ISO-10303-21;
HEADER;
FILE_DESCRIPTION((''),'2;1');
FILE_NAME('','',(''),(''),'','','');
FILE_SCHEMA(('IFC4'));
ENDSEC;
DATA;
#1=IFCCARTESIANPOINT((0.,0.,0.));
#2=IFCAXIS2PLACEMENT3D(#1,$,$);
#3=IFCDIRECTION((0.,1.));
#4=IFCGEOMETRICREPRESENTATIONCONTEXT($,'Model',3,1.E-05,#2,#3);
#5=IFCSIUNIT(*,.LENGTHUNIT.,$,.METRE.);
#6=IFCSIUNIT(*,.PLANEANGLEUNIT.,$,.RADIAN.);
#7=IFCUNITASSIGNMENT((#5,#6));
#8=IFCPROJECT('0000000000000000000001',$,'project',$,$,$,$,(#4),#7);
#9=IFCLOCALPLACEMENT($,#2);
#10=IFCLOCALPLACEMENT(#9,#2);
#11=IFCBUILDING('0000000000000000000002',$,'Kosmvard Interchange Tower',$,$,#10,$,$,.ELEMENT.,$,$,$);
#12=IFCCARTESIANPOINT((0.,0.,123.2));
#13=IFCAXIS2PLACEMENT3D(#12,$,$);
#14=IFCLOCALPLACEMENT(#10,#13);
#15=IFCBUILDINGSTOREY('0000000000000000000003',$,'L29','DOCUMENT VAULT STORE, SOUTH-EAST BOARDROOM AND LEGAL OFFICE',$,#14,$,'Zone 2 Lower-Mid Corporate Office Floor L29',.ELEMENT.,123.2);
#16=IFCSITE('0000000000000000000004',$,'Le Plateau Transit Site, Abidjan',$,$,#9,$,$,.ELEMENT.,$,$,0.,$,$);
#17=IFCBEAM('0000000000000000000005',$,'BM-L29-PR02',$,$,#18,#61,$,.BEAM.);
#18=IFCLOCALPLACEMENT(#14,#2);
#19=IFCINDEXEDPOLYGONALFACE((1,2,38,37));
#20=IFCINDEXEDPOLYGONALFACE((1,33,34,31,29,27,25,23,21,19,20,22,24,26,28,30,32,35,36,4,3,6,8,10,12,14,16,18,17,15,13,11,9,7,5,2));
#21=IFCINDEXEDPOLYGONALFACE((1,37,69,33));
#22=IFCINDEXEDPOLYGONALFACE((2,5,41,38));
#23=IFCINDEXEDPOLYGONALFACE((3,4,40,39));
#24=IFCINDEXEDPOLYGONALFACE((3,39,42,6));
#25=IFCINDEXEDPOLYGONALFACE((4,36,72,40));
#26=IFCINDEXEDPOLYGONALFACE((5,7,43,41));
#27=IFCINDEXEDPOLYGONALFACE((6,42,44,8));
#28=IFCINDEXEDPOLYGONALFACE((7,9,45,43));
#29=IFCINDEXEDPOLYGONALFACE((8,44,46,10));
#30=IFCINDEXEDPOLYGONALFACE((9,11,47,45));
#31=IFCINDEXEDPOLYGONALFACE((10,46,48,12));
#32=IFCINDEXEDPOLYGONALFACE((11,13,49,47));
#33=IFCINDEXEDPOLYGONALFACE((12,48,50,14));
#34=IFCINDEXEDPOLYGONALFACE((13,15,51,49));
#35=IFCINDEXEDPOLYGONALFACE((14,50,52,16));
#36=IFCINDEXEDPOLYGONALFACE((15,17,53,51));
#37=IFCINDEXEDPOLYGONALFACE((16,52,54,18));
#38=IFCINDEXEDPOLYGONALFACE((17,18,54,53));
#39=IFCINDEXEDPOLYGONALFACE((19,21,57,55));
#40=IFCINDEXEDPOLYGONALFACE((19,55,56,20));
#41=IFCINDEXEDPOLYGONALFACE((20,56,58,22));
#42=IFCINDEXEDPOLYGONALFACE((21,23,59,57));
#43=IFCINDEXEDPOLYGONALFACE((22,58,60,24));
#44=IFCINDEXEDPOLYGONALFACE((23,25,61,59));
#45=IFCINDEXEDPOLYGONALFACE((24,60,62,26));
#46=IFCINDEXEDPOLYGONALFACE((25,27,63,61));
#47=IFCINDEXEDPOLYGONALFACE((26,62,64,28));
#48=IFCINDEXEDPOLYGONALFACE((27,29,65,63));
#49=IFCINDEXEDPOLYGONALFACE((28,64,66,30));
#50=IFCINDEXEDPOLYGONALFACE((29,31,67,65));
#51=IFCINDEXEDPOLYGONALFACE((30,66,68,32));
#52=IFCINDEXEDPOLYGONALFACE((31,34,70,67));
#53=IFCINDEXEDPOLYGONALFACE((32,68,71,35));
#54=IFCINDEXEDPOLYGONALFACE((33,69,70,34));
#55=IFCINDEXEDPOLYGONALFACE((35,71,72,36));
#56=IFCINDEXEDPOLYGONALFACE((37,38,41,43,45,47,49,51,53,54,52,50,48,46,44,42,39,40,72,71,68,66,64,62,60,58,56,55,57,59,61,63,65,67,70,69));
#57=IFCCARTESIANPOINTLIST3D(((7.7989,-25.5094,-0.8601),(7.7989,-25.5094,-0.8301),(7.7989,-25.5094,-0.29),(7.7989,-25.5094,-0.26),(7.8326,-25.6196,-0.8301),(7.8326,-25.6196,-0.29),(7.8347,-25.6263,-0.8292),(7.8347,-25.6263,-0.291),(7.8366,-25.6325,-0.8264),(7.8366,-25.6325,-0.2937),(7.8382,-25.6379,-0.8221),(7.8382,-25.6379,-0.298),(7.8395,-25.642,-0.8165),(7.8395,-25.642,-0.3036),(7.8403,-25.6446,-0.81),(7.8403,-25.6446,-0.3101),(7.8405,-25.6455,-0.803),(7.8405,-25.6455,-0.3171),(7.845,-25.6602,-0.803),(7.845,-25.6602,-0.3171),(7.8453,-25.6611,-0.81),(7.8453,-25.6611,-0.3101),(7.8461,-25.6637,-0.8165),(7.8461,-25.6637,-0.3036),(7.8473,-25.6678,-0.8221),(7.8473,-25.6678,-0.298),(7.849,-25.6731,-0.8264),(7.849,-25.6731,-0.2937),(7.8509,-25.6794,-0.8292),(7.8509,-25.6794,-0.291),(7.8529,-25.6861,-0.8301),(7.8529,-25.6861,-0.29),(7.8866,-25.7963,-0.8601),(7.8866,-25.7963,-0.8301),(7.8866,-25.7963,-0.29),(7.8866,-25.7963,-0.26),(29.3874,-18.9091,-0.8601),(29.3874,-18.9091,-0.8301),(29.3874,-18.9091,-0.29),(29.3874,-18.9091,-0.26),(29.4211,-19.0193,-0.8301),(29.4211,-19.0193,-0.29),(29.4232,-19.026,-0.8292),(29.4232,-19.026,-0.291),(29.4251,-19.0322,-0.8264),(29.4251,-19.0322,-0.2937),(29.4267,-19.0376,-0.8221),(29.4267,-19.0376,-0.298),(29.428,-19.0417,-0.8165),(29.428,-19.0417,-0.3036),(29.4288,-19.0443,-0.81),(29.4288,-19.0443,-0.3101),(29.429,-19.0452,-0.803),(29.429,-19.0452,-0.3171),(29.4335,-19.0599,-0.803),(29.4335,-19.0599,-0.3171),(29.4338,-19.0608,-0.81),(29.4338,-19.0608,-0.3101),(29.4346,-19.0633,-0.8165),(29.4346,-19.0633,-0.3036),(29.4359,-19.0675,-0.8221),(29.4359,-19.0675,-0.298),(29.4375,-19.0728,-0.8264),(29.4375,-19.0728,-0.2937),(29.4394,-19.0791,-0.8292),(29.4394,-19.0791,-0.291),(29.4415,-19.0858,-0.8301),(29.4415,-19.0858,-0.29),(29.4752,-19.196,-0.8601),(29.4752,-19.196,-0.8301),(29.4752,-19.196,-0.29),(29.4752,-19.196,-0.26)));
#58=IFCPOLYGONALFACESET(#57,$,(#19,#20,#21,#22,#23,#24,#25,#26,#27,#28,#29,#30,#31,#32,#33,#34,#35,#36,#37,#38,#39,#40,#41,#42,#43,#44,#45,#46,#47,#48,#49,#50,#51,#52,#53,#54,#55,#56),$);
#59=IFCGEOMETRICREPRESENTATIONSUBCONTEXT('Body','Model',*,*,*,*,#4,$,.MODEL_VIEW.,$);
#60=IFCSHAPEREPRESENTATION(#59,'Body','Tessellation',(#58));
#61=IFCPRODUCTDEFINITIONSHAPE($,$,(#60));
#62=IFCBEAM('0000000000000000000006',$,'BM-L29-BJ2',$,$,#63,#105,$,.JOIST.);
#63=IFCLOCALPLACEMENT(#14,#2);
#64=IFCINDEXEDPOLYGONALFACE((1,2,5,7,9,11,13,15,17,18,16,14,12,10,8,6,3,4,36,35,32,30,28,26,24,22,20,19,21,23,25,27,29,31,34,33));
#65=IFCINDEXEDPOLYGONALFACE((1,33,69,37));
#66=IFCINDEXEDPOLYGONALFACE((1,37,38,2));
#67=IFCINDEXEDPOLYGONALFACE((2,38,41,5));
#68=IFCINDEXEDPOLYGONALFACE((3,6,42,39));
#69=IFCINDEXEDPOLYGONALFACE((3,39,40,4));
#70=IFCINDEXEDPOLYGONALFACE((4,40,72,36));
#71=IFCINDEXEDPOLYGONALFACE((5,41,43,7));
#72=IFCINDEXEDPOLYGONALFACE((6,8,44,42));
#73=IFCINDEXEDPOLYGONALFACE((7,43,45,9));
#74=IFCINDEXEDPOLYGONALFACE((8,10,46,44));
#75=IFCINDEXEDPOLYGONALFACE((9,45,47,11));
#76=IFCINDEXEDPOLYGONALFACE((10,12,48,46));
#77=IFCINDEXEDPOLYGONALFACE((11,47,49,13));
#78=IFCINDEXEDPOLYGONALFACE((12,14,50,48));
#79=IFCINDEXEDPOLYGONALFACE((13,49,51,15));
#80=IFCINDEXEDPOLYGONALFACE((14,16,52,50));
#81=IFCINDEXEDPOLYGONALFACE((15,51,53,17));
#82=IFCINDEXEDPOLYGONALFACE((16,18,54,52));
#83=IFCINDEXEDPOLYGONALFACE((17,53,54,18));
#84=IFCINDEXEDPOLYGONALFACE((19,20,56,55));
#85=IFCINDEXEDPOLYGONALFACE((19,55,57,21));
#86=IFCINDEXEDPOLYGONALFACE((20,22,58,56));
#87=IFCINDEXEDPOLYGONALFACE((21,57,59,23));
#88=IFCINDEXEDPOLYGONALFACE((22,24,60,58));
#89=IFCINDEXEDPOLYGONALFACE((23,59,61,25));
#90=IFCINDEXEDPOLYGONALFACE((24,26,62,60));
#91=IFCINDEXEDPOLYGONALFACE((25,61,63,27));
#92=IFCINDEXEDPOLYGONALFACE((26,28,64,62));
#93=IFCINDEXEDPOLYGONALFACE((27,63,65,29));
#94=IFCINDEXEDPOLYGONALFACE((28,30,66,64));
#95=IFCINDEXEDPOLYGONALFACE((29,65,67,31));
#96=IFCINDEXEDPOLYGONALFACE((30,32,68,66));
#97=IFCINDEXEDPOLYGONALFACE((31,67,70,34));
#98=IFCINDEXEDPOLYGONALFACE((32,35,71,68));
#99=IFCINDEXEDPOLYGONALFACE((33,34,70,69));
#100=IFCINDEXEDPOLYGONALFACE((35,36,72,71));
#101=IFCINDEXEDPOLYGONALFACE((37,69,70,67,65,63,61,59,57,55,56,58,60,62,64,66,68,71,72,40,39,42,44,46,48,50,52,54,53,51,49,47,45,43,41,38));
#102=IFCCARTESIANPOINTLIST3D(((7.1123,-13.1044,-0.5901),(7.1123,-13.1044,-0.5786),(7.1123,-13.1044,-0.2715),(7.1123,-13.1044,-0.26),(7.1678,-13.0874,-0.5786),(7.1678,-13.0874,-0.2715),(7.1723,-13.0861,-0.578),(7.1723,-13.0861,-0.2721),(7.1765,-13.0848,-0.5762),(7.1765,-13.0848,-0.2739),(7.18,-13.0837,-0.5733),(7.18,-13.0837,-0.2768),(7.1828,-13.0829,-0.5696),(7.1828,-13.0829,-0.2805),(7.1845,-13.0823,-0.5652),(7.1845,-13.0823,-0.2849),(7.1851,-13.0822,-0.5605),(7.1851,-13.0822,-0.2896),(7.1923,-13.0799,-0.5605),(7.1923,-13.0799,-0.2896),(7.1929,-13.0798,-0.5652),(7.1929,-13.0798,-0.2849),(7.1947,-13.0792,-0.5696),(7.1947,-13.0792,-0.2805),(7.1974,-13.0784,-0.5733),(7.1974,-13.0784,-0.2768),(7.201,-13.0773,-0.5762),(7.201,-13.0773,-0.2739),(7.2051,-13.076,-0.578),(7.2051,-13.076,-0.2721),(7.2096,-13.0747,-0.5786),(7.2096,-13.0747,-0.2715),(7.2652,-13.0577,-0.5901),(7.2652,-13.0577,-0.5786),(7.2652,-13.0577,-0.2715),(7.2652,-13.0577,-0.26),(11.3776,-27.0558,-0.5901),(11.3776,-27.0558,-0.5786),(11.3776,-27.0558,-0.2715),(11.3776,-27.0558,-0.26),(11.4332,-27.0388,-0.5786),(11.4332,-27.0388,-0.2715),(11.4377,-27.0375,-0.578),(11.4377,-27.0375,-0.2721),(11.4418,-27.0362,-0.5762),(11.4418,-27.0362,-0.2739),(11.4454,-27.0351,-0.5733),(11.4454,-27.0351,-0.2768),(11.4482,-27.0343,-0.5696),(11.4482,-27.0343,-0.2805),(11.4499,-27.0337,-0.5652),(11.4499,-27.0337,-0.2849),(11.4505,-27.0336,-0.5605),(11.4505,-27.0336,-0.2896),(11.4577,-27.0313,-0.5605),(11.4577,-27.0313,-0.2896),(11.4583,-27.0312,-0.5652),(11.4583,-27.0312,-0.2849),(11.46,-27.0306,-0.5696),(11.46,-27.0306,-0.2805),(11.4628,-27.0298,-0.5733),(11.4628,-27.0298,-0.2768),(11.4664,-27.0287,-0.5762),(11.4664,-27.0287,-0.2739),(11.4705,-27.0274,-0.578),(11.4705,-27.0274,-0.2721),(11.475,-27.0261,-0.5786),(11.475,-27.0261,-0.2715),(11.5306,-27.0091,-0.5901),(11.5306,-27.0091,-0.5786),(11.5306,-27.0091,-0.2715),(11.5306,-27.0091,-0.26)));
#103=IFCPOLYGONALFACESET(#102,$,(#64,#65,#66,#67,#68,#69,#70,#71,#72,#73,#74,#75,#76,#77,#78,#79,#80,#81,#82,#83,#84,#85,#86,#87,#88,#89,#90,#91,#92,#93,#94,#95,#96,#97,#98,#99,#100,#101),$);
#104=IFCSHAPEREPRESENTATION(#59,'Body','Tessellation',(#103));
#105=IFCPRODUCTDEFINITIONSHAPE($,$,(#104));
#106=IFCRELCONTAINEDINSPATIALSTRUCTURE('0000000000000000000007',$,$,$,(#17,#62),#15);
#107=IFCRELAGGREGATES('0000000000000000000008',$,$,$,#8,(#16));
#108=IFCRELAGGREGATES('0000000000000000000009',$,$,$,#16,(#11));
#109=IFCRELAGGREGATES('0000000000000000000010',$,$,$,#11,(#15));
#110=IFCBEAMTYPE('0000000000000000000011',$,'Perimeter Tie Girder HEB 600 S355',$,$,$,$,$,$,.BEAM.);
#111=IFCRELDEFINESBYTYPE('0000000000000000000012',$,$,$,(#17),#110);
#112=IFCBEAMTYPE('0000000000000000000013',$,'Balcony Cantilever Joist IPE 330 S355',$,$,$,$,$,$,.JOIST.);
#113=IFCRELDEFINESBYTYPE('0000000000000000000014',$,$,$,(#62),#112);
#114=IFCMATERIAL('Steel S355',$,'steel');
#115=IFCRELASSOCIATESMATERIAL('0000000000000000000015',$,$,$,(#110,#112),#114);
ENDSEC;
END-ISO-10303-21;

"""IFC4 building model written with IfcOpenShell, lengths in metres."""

from ifc_helpers import new_model, si_unit, direction, frame, origin, origin_2d, place, context, subcontext, project, spatial, i_section, extrude, source, transform, mapped, material, material_profile, profile_set, type_object, element, save


model = new_model("IFC4")

# Units and contexts
model_context = context("Model", 3, precision=1e-05, world=origin(), true_north=direction((0.0, 1.0)))
body_context = subcontext(model_context, "Body", "Model", "MODEL_VIEW")
ifc_project = project(units=[si_unit("LENGTHUNIT", "METRE"), si_unit("PLANEANGLEUNIT", "RADIAN")], contexts=[model_context])

# Site, building, storey
site_placement = place(None, origin())
site = spatial("IfcSite", under=ifc_project, at=site_placement, Name="Le Plateau Transit Site, Abidjan", CompositionType="ELEMENT", RefElevation=0.0)
building_placement = place(site_placement, origin())
building = spatial("IfcBuilding", under=site, at=building_placement, Name="Kosmvard Interchange Tower", CompositionType="ELEMENT")
storey_placement = place(building_placement, frame((0.0, 0.0, 123.2)))
storey = spatial("IfcBuildingStorey", under=building, at=storey_placement, Name="L29", Description="DOCUMENT VAULT STORE, SOUTH-EAST BOARDROOM AND LEGAL OFFICE", LongName="Zone 2 Lower-Mid Corporate Office Floor L29", CompositionType="ELEMENT", Elevation=123.2)

# Beams
ifc_material_1 = material(Name="Steel S355", Category="steel")
ifc_material_profile_1 = material_profile(ifc_material_1, i_section(OverallWidth=0.3, OverallDepth=0.6001, WebThickness=0.0154, FlangeThickness=0.03, FilletRadius=0.0271, at=origin_2d()), Name="HEB 600")
ifc_profile_set_1 = profile_set([ifc_material_profile_1], Name="Steel S355")
beam_type_1 = type_object("IfcBeamType", Name="Perimeter Tie Girder HEB 600 S355", PredefinedType="BEAM", material=ifc_profile_set_1)
shared_shape_1 = source(origin(), body_context, "Body", "SweptSolid", [
    extrude(i_section(OverallWidth=0.3, OverallDepth=0.6001, WebThickness=0.0154, FlangeThickness=0.03, FilletRadius=0.0271, at=origin_2d()), origin(), (0.0, 0.0, 1.0), 22.575),
])
beam_1_placement = place(storey_placement, frame((7.8428, -25.6528, -0.5601), z_axis=(0.956304, 0.292373, 0.0), x_axis=(-0.292373, 0.956304, 0.0)))
element("IfcBeam", 1, at=beam_1_placement, inside=storey, type_object=beam_type_1, Name="BM-L29-PR02", PredefinedType="BEAM", context=body_context, shape_type="MappedRepresentation", body=[
    mapped(shared_shape_1, transform((0.0, 0.0, 0.0), scale=1.0)),
])
ifc_material_profile_2 = material_profile(ifc_material_1, i_section(OverallWidth=0.1599, OverallDepth=0.3301, WebThickness=0.0076, FlangeThickness=0.0115, FilletRadius=0.0181, at=origin_2d()), Name="IPE 330")
ifc_profile_set_2 = profile_set([ifc_material_profile_2], Name="Steel S355")
beam_type_2 = type_object("IfcBeamType", Name="Balcony Cantilever Joist IPE 330 S355", PredefinedType="JOIST", material=ifc_profile_set_2)
shared_shape_2 = source(origin(), body_context, "Body", "SweptSolid", [
    extrude(i_section(OverallWidth=0.1599, OverallDepth=0.3301, WebThickness=0.0076, FlangeThickness=0.0115, FilletRadius=0.0181, at=origin_2d()), origin(), (0.0, 0.0, 1.0), 14.5889),
])
beam_2_placement = place(storey_placement, frame((7.1887, -13.0811, -0.425), z_axis=(0.292372, -0.956305, 0.0), x_axis=(0.956305, 0.292372, 0.0)))
element("IfcBeam", 2, at=beam_2_placement, inside=storey, type_object=beam_type_2, Name="BM-L29-BJ2", PredefinedType="JOIST", context=body_context, shape_type="MappedRepresentation", body=[
    mapped(shared_shape_2, transform((0.0, 0.0, 0.0), scale=1.0)),
])

save(model, "model.ifc")
